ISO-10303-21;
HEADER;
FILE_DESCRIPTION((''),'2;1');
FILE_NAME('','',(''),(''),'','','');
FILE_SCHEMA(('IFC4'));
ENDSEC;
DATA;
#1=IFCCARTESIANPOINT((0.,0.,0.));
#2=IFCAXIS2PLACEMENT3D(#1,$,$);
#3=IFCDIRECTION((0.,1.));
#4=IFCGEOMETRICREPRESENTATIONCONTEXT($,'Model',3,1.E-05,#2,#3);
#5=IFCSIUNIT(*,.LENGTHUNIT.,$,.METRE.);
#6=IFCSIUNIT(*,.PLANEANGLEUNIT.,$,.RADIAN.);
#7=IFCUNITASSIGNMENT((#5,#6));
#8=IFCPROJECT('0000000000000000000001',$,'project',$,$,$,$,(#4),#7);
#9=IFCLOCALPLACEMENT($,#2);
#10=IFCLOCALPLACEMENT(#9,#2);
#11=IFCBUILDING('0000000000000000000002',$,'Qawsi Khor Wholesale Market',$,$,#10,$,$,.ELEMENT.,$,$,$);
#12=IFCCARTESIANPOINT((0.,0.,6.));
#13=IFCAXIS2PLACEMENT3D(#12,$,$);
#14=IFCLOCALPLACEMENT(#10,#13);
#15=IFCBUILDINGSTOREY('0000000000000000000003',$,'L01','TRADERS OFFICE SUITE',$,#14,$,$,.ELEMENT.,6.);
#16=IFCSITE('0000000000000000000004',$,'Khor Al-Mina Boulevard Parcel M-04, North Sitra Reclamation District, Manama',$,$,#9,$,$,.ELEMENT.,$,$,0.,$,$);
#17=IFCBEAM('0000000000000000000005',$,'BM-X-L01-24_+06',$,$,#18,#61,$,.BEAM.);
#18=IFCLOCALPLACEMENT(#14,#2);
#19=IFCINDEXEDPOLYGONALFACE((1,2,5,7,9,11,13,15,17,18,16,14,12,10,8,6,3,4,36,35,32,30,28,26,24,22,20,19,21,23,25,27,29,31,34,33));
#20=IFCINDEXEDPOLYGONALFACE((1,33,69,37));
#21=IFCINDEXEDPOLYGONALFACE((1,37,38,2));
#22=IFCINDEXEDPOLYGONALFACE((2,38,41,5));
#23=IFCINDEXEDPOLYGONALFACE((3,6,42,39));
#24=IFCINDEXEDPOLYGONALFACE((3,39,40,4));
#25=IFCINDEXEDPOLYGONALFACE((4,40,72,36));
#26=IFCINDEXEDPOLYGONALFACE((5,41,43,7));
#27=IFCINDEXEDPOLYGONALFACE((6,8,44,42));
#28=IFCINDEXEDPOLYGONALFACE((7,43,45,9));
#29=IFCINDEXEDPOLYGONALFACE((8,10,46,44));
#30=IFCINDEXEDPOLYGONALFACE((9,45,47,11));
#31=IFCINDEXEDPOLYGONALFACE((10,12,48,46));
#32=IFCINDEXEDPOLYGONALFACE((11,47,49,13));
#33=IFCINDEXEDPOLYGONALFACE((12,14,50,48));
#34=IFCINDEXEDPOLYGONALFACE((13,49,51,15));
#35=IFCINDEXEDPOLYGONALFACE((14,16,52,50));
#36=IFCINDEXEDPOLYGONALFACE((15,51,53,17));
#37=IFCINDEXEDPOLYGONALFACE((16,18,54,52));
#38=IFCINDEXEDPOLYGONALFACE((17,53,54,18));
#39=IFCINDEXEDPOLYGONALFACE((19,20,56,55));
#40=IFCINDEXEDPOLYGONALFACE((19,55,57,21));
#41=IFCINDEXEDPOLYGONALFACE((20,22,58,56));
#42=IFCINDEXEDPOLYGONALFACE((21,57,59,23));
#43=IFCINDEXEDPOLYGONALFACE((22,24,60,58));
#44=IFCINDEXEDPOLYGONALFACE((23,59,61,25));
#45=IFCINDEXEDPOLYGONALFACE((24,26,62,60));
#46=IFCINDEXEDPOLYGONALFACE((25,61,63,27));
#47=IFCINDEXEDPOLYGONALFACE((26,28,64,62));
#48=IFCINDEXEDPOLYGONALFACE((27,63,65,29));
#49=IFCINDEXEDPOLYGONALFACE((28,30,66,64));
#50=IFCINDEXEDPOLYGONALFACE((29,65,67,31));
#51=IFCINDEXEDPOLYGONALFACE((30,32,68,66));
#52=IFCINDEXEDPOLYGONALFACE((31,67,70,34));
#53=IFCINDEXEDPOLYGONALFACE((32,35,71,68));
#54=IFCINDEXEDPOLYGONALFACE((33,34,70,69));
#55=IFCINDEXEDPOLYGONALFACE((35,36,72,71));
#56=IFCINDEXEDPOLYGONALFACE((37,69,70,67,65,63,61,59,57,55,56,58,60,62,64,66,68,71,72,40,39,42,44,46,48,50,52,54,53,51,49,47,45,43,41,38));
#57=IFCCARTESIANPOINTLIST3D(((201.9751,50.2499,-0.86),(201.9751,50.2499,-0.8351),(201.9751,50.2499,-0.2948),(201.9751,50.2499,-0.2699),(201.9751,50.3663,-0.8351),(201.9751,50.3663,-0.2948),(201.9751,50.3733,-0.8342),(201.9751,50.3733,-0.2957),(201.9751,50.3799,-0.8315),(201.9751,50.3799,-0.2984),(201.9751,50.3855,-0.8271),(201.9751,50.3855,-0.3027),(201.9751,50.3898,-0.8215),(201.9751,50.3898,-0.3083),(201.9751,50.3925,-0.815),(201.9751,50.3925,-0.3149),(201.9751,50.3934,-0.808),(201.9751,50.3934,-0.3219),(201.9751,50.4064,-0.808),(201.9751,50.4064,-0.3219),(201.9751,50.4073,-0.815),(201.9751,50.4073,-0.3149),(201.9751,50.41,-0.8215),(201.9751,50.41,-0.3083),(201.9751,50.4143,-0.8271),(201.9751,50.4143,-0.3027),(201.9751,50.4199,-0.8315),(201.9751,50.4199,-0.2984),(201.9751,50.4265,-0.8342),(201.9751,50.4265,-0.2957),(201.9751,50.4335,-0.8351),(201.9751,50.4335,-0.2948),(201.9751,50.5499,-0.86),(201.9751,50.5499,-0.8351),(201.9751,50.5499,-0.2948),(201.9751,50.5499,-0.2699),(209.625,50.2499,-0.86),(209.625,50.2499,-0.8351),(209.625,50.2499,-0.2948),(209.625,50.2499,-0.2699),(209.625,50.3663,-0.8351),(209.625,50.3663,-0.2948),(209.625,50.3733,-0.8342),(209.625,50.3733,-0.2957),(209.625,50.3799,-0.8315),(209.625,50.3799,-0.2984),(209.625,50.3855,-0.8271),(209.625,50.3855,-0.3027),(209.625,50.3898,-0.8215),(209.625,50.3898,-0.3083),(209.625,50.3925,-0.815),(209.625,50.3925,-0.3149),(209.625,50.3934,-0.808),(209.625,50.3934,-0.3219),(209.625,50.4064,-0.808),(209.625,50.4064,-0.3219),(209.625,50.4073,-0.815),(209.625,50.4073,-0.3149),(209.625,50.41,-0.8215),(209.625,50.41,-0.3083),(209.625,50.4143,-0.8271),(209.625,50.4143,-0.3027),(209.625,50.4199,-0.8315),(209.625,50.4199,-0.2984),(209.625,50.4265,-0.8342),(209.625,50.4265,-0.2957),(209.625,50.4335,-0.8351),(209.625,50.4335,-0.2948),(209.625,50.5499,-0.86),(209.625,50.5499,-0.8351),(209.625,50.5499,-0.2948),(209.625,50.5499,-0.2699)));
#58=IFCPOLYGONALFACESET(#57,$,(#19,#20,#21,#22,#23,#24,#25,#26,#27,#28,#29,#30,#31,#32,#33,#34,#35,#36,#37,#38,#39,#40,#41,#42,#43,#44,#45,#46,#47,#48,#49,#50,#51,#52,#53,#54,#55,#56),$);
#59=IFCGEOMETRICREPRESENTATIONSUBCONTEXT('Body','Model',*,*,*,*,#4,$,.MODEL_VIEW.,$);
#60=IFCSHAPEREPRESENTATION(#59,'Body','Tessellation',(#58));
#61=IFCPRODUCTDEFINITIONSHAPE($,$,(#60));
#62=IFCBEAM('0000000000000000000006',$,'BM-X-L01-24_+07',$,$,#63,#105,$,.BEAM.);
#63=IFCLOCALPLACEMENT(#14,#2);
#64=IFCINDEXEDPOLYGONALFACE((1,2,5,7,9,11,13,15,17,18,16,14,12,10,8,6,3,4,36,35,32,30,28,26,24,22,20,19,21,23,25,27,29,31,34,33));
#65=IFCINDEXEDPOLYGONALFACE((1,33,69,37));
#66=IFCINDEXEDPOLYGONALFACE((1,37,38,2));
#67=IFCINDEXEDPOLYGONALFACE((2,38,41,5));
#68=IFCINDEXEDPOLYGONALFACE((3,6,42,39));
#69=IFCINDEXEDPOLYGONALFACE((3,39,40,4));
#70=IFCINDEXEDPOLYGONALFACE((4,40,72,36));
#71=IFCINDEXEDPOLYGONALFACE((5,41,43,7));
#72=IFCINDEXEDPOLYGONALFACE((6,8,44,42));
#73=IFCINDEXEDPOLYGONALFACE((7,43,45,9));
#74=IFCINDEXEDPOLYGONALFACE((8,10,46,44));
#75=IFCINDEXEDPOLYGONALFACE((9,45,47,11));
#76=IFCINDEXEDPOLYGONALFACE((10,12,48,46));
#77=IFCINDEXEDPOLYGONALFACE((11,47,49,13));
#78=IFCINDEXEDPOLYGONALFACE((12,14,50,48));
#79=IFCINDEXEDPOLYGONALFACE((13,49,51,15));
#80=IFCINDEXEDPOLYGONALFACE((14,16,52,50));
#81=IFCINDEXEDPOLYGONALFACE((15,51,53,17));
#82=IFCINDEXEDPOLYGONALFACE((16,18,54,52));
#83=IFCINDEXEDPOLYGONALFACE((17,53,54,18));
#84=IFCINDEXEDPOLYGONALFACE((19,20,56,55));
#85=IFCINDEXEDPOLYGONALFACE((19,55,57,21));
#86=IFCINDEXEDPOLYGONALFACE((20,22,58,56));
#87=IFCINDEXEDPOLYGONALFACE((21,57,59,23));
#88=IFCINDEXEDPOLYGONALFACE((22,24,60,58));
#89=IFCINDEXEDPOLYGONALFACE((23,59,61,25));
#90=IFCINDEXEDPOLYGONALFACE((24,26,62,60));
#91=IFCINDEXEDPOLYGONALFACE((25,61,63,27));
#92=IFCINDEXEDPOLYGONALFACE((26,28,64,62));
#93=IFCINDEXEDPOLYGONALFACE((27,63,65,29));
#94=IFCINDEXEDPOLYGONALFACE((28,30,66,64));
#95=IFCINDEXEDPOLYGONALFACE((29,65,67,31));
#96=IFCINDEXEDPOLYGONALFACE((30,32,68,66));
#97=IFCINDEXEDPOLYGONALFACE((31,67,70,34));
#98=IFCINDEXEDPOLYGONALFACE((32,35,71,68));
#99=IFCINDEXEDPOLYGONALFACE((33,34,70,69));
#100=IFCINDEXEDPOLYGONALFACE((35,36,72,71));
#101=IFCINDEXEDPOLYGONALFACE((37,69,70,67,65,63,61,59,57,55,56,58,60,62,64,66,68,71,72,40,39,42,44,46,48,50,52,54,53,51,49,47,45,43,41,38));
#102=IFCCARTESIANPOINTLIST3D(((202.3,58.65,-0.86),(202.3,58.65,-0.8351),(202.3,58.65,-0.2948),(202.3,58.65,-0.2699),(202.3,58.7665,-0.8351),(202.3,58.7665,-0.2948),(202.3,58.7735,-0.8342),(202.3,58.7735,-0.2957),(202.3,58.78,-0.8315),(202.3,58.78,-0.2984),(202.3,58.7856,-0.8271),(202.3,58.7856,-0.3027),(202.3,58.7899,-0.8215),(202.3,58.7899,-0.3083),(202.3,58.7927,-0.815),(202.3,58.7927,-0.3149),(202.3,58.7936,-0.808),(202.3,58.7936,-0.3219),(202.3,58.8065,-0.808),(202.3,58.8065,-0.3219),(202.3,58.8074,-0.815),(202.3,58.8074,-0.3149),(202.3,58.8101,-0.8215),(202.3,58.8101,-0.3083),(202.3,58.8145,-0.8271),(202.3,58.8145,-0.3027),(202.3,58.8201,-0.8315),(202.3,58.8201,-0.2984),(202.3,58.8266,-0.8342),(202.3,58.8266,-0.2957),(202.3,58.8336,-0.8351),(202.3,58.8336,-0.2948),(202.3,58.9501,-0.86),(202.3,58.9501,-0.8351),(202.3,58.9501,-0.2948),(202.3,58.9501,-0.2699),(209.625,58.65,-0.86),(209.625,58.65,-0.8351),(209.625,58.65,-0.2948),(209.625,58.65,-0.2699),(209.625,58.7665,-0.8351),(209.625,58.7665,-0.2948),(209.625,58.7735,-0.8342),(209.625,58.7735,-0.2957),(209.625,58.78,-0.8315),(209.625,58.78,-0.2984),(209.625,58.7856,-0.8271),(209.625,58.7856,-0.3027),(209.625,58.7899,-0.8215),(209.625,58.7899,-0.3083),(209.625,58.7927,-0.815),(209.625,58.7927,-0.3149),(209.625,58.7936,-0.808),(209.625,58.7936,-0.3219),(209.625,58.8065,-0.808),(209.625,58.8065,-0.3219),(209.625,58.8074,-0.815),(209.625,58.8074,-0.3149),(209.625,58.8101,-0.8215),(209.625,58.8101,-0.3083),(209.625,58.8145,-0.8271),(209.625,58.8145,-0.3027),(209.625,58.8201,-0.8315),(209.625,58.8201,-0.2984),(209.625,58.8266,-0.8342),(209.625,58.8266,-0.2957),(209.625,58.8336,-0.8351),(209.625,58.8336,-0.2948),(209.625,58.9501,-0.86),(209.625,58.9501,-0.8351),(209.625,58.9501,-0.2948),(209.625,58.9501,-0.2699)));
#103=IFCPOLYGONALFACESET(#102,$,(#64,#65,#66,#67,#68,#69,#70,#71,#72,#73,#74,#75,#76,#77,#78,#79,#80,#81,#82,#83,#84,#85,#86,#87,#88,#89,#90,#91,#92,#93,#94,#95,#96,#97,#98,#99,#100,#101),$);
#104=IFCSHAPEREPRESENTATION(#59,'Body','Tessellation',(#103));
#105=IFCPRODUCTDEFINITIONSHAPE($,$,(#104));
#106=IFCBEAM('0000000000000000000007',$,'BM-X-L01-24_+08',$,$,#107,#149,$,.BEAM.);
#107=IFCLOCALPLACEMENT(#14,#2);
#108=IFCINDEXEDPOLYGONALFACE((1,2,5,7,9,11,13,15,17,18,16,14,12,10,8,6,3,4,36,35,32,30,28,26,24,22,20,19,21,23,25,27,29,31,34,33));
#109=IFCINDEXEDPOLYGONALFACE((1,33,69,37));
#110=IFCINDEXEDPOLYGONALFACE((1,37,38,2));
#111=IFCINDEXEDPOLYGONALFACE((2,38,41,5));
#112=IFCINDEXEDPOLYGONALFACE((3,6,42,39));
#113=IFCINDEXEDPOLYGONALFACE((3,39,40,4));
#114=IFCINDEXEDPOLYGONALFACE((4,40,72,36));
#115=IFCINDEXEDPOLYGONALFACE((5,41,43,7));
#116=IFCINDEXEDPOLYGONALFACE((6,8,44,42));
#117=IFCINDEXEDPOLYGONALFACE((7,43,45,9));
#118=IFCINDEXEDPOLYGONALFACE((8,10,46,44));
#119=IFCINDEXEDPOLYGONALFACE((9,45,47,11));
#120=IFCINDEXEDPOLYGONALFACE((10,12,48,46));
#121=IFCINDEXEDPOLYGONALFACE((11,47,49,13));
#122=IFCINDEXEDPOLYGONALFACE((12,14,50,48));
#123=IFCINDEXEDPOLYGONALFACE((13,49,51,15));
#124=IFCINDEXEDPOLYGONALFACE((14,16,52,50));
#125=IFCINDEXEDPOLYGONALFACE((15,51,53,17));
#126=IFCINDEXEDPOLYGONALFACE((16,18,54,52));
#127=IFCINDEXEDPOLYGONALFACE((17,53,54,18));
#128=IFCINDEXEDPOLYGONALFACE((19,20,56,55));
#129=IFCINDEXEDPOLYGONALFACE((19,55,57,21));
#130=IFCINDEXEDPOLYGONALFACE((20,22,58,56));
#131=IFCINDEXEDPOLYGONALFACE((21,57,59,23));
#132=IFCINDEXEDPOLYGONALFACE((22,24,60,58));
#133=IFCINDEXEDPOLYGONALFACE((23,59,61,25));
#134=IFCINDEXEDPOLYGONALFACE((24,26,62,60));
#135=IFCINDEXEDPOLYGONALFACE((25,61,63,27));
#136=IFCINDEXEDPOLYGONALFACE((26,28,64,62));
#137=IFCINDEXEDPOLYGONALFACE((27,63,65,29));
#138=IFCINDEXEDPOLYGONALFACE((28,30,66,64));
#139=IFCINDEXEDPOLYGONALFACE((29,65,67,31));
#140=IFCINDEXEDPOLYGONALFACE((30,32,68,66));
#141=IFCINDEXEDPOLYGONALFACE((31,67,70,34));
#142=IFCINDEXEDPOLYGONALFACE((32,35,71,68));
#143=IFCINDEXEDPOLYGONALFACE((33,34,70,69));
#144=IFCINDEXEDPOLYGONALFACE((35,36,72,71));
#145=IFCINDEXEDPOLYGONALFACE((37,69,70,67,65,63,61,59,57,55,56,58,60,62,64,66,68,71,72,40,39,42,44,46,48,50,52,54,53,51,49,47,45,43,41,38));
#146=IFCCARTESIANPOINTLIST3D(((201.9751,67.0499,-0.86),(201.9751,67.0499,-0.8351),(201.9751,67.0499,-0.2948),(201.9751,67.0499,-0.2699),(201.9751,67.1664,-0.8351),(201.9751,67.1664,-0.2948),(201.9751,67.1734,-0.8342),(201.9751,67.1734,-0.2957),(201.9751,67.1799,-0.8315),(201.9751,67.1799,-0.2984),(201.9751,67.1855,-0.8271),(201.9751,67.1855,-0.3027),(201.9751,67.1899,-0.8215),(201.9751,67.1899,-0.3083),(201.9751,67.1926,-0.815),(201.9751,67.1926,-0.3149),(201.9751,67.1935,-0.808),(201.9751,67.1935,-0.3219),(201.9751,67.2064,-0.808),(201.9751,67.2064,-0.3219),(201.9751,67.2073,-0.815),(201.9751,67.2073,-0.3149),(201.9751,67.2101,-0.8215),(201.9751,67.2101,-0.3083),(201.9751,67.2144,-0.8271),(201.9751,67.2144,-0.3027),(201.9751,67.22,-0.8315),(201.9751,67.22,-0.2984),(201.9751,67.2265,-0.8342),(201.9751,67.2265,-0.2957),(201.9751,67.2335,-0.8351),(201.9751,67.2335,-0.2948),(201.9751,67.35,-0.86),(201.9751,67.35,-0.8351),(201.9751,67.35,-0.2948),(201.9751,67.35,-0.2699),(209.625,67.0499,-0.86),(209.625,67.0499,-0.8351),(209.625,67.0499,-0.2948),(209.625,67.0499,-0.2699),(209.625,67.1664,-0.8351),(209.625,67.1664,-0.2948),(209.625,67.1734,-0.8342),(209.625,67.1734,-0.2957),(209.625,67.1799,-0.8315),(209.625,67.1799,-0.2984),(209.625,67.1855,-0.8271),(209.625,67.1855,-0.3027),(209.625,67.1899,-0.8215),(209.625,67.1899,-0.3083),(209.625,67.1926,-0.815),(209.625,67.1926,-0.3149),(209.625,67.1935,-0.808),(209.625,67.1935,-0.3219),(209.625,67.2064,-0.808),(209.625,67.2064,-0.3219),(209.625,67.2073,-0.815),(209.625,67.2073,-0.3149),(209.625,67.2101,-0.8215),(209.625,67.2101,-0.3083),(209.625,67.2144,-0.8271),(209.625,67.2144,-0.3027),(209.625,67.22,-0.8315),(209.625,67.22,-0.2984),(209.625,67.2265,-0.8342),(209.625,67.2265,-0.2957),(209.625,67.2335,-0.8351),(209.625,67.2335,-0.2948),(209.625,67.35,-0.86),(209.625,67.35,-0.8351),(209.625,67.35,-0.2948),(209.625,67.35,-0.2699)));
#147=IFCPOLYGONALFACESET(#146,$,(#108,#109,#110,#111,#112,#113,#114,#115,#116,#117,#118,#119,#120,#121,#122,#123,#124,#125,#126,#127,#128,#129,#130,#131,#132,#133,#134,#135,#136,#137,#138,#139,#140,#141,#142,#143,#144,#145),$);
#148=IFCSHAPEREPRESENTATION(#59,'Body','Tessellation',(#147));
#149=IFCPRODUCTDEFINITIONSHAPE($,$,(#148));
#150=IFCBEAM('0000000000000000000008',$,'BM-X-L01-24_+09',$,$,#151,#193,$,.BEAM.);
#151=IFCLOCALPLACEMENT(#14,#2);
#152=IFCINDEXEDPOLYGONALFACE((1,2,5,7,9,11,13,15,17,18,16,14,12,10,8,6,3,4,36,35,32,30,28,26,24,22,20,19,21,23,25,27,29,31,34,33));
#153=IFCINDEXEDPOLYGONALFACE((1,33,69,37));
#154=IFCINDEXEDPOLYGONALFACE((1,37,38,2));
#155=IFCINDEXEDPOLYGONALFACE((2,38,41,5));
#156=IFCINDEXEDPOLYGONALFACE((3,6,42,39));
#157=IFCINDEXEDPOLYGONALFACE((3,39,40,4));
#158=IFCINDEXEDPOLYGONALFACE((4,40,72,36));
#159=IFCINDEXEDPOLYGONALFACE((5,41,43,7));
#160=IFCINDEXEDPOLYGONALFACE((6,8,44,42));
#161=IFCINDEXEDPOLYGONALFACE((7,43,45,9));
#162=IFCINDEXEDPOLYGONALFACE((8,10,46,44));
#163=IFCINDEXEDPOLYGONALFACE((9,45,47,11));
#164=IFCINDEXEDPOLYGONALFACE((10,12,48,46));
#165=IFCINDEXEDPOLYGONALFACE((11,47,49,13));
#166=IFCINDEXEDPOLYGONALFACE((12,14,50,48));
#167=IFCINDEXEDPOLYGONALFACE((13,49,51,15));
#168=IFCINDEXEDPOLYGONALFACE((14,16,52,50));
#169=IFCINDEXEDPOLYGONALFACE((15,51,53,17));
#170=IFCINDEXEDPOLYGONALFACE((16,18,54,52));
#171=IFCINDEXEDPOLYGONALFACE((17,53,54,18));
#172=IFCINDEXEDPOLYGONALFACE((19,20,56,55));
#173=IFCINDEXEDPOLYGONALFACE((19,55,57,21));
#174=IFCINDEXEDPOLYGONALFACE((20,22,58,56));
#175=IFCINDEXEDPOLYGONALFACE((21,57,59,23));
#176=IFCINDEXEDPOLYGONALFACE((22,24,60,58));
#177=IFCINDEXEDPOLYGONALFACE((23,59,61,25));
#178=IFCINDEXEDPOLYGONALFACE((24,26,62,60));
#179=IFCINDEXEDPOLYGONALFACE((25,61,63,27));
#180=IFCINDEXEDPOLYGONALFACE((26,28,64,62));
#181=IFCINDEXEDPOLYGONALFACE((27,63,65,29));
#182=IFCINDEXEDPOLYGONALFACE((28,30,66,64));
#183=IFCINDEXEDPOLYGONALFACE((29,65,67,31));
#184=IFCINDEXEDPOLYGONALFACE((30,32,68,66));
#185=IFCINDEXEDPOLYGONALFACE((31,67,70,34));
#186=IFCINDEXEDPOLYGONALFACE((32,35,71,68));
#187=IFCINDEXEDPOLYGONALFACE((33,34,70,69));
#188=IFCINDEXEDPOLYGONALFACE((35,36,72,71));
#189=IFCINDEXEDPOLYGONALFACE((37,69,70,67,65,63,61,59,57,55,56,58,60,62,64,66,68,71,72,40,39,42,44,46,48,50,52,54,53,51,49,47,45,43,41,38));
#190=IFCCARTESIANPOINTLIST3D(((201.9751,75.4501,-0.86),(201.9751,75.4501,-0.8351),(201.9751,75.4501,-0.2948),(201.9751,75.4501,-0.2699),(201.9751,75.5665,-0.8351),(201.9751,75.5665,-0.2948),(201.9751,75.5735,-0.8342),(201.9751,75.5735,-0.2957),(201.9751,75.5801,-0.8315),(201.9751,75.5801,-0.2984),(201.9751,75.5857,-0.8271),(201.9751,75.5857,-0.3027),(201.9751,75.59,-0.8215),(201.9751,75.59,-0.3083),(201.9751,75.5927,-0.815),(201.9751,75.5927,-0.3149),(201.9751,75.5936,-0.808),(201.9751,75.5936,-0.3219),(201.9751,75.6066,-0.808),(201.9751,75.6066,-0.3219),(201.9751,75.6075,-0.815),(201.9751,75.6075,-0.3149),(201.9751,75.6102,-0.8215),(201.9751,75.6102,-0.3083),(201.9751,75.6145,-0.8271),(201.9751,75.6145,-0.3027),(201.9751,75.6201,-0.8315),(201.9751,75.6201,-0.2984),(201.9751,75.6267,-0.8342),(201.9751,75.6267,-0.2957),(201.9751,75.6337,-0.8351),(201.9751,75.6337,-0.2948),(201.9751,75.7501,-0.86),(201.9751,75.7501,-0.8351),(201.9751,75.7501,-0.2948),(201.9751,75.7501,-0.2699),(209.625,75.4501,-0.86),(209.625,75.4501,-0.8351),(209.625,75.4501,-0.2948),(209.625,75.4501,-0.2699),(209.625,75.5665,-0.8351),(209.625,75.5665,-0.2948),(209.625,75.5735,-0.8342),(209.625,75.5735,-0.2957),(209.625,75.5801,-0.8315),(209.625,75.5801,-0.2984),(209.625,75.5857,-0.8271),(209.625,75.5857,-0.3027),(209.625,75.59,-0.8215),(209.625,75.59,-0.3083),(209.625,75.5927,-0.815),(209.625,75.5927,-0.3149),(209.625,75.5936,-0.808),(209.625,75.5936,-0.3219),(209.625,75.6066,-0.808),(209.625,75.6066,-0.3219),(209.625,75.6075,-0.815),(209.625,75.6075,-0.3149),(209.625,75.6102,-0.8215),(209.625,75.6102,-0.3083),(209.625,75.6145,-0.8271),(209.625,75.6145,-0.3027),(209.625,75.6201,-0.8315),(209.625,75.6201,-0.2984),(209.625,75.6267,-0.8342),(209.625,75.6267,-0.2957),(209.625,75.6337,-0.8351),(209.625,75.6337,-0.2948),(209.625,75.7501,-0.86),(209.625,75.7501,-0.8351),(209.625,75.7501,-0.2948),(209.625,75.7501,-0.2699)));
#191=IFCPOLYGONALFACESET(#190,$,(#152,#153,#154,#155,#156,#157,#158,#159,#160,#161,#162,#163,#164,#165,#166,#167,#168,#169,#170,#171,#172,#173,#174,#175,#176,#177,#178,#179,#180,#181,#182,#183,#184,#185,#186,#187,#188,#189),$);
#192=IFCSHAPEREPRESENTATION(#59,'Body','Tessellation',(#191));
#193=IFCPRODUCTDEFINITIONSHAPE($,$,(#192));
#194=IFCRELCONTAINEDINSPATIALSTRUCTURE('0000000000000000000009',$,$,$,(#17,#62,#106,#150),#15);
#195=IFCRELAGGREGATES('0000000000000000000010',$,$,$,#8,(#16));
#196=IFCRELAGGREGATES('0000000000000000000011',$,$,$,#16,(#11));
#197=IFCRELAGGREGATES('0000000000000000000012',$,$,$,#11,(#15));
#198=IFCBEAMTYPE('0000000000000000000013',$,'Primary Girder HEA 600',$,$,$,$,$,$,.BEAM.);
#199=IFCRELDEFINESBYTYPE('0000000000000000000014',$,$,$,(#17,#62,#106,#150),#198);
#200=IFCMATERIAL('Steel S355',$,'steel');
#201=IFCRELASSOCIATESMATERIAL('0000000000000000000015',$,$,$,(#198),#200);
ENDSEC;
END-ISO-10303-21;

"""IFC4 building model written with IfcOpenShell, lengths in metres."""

from ifc_helpers import new_model, si_unit, direction, frame, origin, origin_2d, place, context, subcontext, project, spatial, i_section, extrude, material, material_profile, profile_set, type_object, element, save


model = new_model("IFC4")

# Units and contexts
model_context = context("Model", 3, precision=1e-05, world=origin(), true_north=direction((0.0, 1.0)))
body_context = subcontext(model_context, "Body", "Model", "MODEL_VIEW")
ifc_project = project(units=[si_unit("LENGTHUNIT", "METRE"), si_unit("PLANEANGLEUNIT", "RADIAN")], contexts=[model_context])

# Site, building, storey
site_placement = place(None, origin())
site = spatial("IfcSite", under=ifc_project, at=site_placement, Name="Khor Al-Mina Boulevard Parcel M-04, North Sitra Reclamation District, Manama", CompositionType="ELEMENT", RefElevation=0.0)
building_placement = place(site_placement, origin())
building = spatial("IfcBuilding", under=site, at=building_placement, Name="Qawsi Khor Wholesale Market", CompositionType="ELEMENT")
storey_placement = place(building_placement, frame((0.0, 0.0, 6.0)))
storey = spatial("IfcBuildingStorey", under=building, at=storey_placement, Name="L01", Description="TRADERS OFFICE SUITE", CompositionType="ELEMENT", Elevation=6.0)

# Beams
ifc_material_1 = material(Name="Steel S355", Category="steel")
ifc_material_profile_1 = material_profile(ifc_material_1, i_section(OverallWidth=0.3, OverallDepth=0.5901, WebThickness=0.0129, FlangeThickness=0.0249, FilletRadius=0.0271, at=origin_2d()), Name="HEA 600")
ifc_profile_set_1 = profile_set([ifc_material_profile_1], Name="Steel S355")
beam_type_1 = type_object("IfcBeamType", Name="Primary Girder HEA 600", PredefinedType="BEAM", material=ifc_profile_set_1)
beam_1_placement = place(storey_placement, frame((201.9751, 50.3999, -0.5649), z_axis=(1.0, 0.0, 0.0), x_axis=(0.0, 1.0, 0.0)))
element("IfcBeam", 1, at=beam_1_placement, inside=storey, type_object=beam_type_1, Name="BM-X-L01-24_+06", PredefinedType="BEAM", context=body_context, shape_type="SweptSolid", body=[
    extrude(i_section(OverallWidth=0.3, OverallDepth=0.5901, WebThickness=0.0129, FlangeThickness=0.0249, FilletRadius=0.0271, at=origin_2d()), origin(), (0.0, 0.0, 1.0), 7.6499),
])
beam_2_placement = place(storey_placement, frame((202.3, 58.8, -0.5649), z_axis=(1.0, 0.0, 0.0), x_axis=(0.0, 1.0, 0.0)))
element("IfcBeam", 2, at=beam_2_placement, inside=storey, type_object=beam_type_1, Name="BM-X-L01-24_+07", PredefinedType="BEAM", context=body_context, shape_type="SweptSolid", body=[
    extrude(i_section(OverallWidth=0.3, OverallDepth=0.5901, WebThickness=0.0129, FlangeThickness=0.0249, FilletRadius=0.0271, at=origin_2d()), origin(), (0.0, 0.0, 1.0), 7.325),
])
for number, where, z_axis, x_axis, name in (
    (3, (201.9751, 67.2, -0.5649), (1.0, 0.0, 0.0), (0.0, 1.0, 0.0), "BM-X-L01-24_+08"),
    (4, (201.9751, 75.6001, -0.5649), (1.0, 0.0, 0.0), (0.0, 1.0, 0.0), "BM-X-L01-24_+09"),
):
    element("IfcBeam", number, at=place(storey_placement, frame(where, z_axis=z_axis, x_axis=x_axis)), inside=storey, type_object=beam_type_1, Name=name, PredefinedType="BEAM", context=body_context, shape_type="SweptSolid", body=[
        extrude(i_section(OverallWidth=0.3, OverallDepth=0.5901, WebThickness=0.0129, FlangeThickness=0.0249, FilletRadius=0.0271, at=origin_2d()), origin(), (0.0, 0.0, 1.0), 7.6499),
    ])

save(model, "model.ifc")
